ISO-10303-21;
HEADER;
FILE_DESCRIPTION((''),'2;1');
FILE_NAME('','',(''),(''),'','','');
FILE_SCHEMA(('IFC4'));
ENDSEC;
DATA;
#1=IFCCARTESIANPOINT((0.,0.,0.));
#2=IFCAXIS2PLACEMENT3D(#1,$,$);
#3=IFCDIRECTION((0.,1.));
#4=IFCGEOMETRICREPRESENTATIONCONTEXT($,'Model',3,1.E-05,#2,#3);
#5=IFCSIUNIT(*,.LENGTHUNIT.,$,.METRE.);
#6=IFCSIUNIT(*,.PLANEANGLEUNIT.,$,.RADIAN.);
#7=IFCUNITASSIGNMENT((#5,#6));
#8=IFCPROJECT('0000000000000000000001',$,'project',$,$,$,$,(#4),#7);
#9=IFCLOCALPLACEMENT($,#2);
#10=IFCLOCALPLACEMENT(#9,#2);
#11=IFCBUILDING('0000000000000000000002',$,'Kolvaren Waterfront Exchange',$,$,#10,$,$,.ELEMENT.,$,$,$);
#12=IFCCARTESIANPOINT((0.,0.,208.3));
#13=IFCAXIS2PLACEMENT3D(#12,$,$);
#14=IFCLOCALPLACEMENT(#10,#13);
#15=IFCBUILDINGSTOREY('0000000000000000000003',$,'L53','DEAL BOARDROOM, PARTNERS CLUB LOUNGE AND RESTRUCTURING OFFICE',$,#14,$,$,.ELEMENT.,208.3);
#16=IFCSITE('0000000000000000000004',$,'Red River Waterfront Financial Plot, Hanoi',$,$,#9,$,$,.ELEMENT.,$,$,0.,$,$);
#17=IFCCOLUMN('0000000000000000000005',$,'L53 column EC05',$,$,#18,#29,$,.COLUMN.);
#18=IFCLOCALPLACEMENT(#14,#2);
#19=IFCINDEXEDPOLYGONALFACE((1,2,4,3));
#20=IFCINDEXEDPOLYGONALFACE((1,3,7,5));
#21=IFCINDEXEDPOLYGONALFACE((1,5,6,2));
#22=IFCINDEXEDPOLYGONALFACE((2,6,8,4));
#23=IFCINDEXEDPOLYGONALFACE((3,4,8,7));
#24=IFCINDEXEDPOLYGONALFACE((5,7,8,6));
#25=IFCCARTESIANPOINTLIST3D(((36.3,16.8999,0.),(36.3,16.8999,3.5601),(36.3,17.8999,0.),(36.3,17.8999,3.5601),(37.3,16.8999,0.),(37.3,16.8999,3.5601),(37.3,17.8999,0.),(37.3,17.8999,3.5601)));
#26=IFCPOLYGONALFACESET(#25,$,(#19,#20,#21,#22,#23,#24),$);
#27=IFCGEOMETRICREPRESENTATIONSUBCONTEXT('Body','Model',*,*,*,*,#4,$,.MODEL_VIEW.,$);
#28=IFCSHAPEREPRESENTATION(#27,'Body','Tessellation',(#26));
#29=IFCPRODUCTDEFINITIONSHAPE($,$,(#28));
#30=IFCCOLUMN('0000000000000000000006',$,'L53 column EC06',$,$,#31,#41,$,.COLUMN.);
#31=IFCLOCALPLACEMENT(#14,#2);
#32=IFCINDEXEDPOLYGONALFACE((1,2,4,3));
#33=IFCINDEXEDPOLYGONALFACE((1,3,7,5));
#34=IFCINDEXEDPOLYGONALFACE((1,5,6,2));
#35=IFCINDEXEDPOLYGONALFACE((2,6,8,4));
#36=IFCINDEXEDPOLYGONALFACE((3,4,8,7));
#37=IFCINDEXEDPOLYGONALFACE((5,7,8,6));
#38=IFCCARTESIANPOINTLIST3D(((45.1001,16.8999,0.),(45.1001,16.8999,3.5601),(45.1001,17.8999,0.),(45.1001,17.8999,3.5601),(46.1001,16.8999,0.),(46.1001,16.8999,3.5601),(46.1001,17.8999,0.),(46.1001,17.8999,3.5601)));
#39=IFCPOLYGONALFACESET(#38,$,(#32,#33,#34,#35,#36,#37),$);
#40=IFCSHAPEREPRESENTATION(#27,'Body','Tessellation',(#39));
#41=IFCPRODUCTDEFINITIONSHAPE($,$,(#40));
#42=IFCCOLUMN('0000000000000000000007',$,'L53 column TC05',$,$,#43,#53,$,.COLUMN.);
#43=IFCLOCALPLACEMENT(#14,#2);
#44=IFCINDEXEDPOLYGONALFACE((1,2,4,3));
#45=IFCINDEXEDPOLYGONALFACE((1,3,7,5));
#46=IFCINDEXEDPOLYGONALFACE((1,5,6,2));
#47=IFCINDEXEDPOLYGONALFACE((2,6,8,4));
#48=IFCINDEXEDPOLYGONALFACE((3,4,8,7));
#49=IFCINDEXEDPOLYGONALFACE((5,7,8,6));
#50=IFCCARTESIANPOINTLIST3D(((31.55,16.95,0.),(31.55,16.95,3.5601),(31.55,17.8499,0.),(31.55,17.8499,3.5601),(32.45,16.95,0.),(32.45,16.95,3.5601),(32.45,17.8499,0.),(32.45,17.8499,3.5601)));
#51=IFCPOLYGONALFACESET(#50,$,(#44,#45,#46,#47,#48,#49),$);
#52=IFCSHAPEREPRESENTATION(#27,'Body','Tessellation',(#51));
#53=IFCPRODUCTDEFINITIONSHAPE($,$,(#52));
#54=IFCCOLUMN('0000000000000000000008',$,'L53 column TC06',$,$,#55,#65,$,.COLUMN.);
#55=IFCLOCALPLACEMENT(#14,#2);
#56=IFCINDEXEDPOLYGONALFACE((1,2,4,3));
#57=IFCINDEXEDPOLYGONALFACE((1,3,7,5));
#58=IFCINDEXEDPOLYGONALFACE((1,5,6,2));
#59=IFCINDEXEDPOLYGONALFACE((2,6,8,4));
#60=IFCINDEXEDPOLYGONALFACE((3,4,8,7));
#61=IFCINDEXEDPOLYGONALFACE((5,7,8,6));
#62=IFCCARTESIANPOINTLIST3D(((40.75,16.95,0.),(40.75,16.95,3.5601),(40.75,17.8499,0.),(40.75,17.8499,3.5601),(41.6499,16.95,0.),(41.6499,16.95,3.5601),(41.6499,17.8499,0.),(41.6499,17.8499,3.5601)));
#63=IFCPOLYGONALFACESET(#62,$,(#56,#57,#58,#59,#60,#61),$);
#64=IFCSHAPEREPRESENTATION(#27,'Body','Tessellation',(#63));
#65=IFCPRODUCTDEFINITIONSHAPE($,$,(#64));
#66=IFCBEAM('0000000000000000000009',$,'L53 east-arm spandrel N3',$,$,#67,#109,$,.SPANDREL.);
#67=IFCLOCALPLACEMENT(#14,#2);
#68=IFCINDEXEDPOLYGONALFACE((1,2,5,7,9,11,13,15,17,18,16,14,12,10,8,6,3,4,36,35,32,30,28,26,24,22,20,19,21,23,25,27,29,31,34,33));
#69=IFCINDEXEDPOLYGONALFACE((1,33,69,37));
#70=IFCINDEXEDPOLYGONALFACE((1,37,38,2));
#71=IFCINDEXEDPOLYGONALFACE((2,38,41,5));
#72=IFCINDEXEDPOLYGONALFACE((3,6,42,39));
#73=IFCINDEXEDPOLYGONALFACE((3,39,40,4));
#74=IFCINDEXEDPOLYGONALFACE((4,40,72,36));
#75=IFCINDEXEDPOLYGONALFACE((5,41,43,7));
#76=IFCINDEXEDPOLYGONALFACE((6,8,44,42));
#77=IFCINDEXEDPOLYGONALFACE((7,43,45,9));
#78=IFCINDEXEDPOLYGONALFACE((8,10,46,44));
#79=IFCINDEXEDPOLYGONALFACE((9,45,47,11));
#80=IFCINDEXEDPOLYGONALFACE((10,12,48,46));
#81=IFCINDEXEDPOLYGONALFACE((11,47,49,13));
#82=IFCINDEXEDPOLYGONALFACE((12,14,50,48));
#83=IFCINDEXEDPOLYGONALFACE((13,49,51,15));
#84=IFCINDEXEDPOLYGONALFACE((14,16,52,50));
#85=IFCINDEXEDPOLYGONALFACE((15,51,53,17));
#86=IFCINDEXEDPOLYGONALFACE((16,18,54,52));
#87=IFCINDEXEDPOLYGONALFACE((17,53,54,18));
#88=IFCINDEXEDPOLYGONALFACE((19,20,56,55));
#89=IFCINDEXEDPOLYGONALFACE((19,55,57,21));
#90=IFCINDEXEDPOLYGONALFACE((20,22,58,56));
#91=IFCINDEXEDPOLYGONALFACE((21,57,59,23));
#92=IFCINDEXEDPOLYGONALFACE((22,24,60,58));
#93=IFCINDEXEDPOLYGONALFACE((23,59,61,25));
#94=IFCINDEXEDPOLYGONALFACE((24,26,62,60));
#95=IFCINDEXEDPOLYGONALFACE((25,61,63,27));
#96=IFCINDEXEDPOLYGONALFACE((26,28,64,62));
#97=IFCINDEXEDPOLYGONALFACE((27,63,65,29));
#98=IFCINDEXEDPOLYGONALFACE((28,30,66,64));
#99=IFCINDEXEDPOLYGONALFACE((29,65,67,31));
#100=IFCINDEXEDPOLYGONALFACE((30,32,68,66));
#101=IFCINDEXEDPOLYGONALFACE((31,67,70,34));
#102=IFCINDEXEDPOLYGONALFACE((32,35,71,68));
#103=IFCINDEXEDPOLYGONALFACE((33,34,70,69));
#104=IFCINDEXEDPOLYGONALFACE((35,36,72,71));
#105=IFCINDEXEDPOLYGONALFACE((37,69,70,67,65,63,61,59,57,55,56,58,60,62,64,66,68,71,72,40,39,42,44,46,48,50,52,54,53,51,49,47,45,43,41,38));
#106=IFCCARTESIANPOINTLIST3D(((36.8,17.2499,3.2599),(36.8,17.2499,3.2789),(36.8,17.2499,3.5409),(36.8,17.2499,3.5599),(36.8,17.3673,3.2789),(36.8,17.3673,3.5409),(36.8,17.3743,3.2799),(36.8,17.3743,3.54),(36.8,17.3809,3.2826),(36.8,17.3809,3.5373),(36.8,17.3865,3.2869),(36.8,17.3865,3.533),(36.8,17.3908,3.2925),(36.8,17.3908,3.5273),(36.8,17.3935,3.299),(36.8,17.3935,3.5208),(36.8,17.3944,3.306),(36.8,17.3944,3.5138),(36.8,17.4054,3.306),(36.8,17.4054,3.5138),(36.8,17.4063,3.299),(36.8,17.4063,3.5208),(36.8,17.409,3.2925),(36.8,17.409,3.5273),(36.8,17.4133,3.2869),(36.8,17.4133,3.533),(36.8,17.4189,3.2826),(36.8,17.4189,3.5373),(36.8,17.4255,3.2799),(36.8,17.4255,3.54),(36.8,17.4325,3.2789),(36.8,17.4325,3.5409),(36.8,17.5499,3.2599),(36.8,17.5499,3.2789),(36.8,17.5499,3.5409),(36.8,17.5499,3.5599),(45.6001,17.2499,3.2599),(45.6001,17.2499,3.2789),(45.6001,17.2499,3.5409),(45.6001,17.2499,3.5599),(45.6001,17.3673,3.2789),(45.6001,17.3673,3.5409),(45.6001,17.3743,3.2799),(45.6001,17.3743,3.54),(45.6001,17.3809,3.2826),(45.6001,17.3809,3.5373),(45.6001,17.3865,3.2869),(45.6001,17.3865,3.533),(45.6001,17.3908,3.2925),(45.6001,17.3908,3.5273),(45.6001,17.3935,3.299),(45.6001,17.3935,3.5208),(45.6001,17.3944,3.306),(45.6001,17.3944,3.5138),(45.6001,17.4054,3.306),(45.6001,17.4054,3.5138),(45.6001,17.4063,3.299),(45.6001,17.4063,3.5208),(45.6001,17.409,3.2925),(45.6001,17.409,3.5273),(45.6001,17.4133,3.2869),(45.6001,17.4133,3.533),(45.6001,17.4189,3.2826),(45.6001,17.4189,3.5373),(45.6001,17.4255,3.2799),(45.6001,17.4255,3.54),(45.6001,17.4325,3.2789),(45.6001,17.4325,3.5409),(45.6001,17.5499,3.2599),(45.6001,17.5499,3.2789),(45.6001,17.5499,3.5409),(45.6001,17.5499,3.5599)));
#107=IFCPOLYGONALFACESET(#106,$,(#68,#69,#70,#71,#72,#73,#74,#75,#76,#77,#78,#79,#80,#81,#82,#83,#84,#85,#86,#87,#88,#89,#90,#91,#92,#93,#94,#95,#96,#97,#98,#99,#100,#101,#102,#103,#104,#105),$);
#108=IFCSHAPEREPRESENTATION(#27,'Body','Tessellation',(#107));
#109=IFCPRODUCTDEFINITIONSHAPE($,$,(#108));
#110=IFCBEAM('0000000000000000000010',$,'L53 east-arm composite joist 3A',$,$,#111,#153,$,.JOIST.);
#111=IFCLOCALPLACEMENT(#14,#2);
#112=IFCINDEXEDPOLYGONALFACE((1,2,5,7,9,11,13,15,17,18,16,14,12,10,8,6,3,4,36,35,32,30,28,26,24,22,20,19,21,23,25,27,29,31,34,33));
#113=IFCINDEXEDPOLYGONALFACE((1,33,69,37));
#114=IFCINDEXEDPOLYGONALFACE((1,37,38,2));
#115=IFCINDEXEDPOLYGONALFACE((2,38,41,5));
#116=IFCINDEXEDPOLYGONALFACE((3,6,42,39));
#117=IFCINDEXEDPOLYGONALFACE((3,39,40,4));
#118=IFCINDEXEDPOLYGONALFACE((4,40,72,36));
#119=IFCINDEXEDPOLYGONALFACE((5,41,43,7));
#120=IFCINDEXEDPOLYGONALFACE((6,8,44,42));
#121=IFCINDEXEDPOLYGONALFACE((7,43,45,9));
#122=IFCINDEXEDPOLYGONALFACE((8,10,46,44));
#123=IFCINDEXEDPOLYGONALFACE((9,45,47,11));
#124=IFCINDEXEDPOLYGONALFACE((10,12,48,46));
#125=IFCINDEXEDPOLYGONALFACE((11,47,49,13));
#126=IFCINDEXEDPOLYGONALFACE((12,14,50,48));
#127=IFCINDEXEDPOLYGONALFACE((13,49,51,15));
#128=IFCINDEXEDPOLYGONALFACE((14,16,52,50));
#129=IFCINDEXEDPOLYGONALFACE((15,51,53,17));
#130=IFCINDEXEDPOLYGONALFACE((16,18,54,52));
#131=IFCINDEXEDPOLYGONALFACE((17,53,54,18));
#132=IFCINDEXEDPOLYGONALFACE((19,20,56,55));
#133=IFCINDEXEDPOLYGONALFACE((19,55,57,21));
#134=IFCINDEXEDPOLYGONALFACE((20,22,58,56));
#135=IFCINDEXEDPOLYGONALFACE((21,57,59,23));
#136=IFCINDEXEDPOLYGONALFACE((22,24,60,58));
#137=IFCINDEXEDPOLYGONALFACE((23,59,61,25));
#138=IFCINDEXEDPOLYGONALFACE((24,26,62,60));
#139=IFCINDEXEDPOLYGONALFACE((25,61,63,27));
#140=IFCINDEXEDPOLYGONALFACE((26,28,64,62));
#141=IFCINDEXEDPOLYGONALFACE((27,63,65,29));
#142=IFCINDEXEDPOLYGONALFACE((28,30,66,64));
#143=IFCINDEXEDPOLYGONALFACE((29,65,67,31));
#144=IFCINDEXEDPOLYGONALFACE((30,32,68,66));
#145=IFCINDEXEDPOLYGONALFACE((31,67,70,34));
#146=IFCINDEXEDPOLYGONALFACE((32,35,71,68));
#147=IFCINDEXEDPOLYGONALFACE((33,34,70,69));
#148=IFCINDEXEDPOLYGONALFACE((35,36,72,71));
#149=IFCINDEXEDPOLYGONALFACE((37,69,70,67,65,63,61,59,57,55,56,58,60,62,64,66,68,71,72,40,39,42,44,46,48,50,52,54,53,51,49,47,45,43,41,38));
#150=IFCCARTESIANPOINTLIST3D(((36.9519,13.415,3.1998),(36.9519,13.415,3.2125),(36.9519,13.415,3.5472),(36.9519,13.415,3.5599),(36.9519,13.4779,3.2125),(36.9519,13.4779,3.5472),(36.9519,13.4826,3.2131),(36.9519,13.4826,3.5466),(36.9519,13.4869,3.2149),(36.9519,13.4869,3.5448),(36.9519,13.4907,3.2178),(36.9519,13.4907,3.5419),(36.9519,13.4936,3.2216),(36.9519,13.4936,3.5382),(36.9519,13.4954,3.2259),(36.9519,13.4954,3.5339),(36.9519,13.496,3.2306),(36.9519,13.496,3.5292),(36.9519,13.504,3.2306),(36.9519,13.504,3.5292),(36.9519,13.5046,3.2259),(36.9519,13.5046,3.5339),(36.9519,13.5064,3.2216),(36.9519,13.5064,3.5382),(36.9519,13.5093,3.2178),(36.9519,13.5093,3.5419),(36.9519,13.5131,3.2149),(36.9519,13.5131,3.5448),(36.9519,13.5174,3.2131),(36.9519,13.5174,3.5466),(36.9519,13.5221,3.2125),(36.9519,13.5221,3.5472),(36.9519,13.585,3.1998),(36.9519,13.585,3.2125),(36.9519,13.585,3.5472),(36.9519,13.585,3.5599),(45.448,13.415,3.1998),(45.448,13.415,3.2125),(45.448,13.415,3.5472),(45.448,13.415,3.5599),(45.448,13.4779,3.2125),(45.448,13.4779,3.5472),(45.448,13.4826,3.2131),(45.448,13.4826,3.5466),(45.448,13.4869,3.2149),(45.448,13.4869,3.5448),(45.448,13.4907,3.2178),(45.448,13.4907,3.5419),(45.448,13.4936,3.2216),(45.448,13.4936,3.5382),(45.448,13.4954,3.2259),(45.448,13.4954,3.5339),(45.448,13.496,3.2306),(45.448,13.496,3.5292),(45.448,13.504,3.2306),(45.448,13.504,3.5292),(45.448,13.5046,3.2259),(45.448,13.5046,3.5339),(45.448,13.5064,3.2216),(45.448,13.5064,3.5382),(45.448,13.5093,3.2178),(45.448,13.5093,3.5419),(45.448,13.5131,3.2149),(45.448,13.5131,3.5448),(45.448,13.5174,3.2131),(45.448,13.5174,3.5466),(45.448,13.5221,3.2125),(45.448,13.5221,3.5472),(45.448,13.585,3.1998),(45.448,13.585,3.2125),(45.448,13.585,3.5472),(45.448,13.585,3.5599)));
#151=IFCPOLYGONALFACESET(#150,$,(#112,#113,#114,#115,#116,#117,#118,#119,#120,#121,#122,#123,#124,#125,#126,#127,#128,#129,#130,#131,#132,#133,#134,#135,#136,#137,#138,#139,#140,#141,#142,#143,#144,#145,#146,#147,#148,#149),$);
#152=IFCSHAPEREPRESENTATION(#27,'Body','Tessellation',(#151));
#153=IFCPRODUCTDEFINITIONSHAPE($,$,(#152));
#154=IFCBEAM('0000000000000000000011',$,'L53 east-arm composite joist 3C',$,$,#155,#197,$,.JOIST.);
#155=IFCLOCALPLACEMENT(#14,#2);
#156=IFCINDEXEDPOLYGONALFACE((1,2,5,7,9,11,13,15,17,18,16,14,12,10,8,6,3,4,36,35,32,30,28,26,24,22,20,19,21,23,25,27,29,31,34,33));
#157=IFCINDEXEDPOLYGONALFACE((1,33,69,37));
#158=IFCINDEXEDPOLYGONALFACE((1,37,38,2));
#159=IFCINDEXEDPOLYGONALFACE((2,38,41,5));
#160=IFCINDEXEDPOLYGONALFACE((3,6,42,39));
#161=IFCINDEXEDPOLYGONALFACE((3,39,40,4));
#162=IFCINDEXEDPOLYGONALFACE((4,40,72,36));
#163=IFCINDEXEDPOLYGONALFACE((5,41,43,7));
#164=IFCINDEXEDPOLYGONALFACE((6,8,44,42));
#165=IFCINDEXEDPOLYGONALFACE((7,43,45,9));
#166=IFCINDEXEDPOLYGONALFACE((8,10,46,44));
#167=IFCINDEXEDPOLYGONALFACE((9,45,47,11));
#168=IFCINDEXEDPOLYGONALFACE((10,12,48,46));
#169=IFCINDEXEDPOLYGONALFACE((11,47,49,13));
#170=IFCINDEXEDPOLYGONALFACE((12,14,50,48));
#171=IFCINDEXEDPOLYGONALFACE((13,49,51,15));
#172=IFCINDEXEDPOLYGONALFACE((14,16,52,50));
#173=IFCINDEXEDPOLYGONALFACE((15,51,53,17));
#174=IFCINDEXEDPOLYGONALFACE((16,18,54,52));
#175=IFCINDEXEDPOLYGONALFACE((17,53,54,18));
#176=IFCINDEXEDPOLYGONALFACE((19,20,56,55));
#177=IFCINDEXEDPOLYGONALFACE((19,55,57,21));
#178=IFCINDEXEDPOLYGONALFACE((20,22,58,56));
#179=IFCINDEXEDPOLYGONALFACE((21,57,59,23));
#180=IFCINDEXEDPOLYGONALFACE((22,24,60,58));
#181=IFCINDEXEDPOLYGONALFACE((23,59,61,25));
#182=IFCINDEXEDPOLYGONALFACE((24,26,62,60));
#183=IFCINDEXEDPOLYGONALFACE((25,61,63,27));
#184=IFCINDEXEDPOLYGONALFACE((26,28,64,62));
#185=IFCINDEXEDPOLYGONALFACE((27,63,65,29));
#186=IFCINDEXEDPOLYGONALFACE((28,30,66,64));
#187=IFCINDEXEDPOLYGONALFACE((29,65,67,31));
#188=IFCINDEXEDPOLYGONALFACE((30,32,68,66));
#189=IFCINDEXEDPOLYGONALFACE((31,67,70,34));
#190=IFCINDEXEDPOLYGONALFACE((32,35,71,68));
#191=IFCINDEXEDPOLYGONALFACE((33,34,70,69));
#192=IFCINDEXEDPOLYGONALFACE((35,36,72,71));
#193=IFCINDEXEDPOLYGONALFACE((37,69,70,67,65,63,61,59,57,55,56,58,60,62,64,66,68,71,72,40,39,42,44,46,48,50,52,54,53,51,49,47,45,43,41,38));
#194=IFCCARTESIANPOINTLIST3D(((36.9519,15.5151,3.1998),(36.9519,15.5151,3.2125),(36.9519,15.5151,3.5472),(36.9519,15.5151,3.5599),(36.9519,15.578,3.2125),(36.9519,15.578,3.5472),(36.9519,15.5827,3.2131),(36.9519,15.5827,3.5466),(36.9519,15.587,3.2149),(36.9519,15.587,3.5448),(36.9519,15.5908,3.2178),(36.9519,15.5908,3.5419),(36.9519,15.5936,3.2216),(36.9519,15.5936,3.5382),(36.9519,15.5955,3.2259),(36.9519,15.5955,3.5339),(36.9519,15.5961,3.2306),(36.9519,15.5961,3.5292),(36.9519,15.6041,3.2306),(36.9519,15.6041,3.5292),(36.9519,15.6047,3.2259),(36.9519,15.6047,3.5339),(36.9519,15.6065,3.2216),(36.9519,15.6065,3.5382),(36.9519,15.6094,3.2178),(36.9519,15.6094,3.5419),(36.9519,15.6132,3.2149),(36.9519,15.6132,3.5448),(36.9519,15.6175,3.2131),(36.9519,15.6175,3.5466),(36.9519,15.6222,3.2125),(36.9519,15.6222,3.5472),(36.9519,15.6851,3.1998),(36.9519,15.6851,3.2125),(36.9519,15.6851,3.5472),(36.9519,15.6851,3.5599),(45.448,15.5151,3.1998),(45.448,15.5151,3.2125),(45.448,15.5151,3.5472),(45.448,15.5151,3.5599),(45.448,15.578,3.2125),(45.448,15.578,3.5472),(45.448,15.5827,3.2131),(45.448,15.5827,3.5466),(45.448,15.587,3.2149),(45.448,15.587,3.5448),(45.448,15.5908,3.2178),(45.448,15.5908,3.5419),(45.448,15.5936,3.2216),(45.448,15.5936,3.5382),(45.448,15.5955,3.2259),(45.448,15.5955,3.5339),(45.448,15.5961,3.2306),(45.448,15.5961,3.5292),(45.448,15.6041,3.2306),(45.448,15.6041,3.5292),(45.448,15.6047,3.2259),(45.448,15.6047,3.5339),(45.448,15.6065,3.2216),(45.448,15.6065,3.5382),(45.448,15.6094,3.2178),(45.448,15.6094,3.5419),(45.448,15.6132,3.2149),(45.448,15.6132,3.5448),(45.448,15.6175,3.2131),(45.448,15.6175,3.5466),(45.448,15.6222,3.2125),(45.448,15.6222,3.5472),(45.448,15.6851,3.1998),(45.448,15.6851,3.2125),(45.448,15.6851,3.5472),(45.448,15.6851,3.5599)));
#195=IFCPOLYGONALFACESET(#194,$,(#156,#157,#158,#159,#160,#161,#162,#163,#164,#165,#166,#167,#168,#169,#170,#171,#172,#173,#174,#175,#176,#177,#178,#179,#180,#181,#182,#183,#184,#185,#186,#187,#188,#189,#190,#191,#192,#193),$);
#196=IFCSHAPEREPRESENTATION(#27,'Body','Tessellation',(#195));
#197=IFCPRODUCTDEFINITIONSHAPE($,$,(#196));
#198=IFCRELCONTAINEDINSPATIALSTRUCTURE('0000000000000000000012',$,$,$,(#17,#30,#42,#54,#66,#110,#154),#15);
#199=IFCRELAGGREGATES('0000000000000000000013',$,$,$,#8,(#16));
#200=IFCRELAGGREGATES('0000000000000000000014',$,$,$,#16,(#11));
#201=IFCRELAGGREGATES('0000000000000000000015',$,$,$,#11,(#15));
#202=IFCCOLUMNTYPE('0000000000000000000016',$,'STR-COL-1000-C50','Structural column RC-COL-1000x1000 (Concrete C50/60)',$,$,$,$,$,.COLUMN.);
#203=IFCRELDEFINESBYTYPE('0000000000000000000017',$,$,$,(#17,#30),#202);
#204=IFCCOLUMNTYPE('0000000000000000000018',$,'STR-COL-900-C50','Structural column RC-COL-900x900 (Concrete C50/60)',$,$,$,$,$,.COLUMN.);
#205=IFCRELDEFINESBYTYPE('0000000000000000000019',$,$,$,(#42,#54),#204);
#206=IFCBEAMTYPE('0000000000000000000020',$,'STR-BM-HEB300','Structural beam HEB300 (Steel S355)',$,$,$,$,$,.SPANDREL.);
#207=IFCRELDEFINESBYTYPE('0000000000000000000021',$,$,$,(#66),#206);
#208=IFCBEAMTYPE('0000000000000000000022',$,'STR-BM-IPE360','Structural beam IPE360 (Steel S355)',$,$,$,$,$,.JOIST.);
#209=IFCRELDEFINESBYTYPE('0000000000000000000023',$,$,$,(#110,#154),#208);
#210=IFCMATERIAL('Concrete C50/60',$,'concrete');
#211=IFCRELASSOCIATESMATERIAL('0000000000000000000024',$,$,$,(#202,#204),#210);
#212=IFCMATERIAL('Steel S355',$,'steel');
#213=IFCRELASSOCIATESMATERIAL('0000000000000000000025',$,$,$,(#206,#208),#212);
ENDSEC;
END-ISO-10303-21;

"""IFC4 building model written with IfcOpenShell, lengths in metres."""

from ifc_helpers import new_model, si_unit, direction, frame, origin, origin_2d, place, context, subcontext, project, spatial, rectangle, i_section, extrude, material, material_profile, profile_set, type_object, element, save


model = new_model("IFC4")

# Units and contexts
model_context = context("Model", 3, precision=1e-05, world=origin(), true_north=direction((0.0, 1.0)))
body_context = subcontext(model_context, "Body", "Model", "MODEL_VIEW")
ifc_project = project(units=[si_unit("LENGTHUNIT", "METRE"), si_unit("PLANEANGLEUNIT", "RADIAN")], contexts=[model_context])

# Site, building, storey
site_placement = place(None, origin())
site = spatial("IfcSite", under=ifc_project, at=site_placement, Name="Red River Waterfront Financial Plot, Hanoi", CompositionType="ELEMENT", RefElevation=0.0)
building_placement = place(site_placement, origin())
building = spatial("IfcBuilding", under=site, at=building_placement, Name="Kolvaren Waterfront Exchange", CompositionType="ELEMENT")
storey_placement = place(building_placement, frame((0.0, 0.0, 208.3)))
storey = spatial("IfcBuildingStorey", under=building, at=storey_placement, Name="L53", Description="DEAL BOARDROOM, PARTNERS CLUB LOUNGE AND RESTRUCTURING OFFICE", CompositionType="ELEMENT", Elevation=208.3)

# Columns
ifc_material_1 = material(Name="Concrete C50/60", Category="concrete")
ifc_material_profile_1 = material_profile(ifc_material_1, rectangle(XDim=1.0, YDim=1.0, at=origin_2d()), Name="RC-COL-1000x1000")
ifc_profile_set_1 = profile_set([ifc_material_profile_1], Name="Concrete C50/60")
column_type_1 = type_object("IfcColumnType", Name="STR-COL-1000-C50", Description="Structural column RC-COL-1000x1000 (Concrete C50/60)", PredefinedType="COLUMN", material=ifc_profile_set_1)
for number, where, z_axis, x_axis, name in (
    (1, (36.8, 17.3999, 0.0), (0.0, 0.0, 1.0), (1.0, 0.0, 0.0), "L53 column EC05"),
    (2, (45.6001, 17.3999, 0.0), (0.0, 0.0, 1.0), (1.0, 0.0, 0.0), "L53 column EC06"),
):
    element("IfcColumn", number, at=place(storey_placement, frame(where, z_axis=z_axis, x_axis=x_axis)), inside=storey, type_object=column_type_1, Name=name, PredefinedType="COLUMN", context=body_context, shape_type="SweptSolid", body=[
        extrude(rectangle(XDim=1.0, YDim=1.0, at=origin_2d()), origin(), (0.0, 0.0, 1.0), 3.5601),
    ])
ifc_material_profile_2 = material_profile(ifc_material_1, rectangle(XDim=0.8999, YDim=0.8999, at=origin_2d()), Name="RC-COL-900x900")
ifc_profile_set_2 = profile_set([ifc_material_profile_2], Name="Concrete C50/60")
column_type_2 = type_object("IfcColumnType", Name="STR-COL-900-C50", Description="Structural column RC-COL-900x900 (Concrete C50/60)", PredefinedType="COLUMN", material=ifc_profile_set_2)
for number, where, z_axis, x_axis, name in (
    (3, (32.0, 17.3999, 0.0), (0.0, 0.0, 1.0), (1.0, 0.0, 0.0), "L53 column TC05"),
    (4, (41.2, 17.3999, 0.0), (0.0, 0.0, 1.0), (1.0, 0.0, 0.0), "L53 column TC06"),
):
    element("IfcColumn", number, at=place(storey_placement, frame(where, z_axis=z_axis, x_axis=x_axis)), inside=storey, type_object=column_type_2, Name=name, PredefinedType="COLUMN", context=body_context, shape_type="SweptSolid", body=[
        extrude(rectangle(XDim=0.8999, YDim=0.8999, at=origin_2d()), origin(), (0.0, 0.0, 1.0), 3.5601),
    ])

# Beams
ifc_material_2 = material(Name="Steel S355", Category="steel")
ifc_material_profile_3 = material_profile(ifc_material_2, i_section(OverallWidth=0.3, OverallDepth=0.3, WebThickness=0.011, FlangeThickness=0.019, FilletRadius=0.0271, at=origin_2d()), Name="HEB300")
ifc_profile_set_3 = profile_set([ifc_material_profile_3], Name="Steel S355")
beam_type_1 = type_object("IfcBeamType", Name="STR-BM-HEB300", Description="Structural beam HEB300 (Steel S355)", PredefinedType="SPANDREL", material=ifc_profile_set_3)
beam_placement = place(storey_placement, frame((36.8, 17.3999, 3.4099), z_axis=(1.0, 0.0, 0.0), x_axis=(0.0, 1.0, 0.0)))
element("IfcBeam", 5, at=beam_placement, inside=storey, type_object=beam_type_1, Name="L53 east-arm spandrel N3", PredefinedType="SPANDREL", context=body_context, shape_type="SweptSolid", body=[
    extrude(i_section(OverallWidth=0.3, OverallDepth=0.3, WebThickness=0.011, FlangeThickness=0.019, FilletRadius=0.0271, at=origin_2d()), origin(), (0.0, 0.0, 1.0), 8.8),
])
ifc_material_profile_4 = material_profile(ifc_material_2, i_section(OverallWidth=0.1699, OverallDepth=0.3601, WebThickness=0.0081, FlangeThickness=0.0127, FilletRadius=0.0181, at=origin_2d()), Name="IPE360")
ifc_profile_set_4 = profile_set([ifc_material_profile_4], Name="Steel S355")
beam_type_2 = type_object("IfcBeamType", Name="STR-BM-IPE360", Description="Structural beam IPE360 (Steel S355)", PredefinedType="JOIST", material=ifc_profile_set_4)
for number, where, z_axis, x_axis, name in (
    (6, (36.9519, 13.5, 3.3799), (1.0, 0.0, 0.0), (0.0, 1.0, 0.0), "L53 east-arm composite joist 3A"),
    (7, (36.9519, 15.6001, 3.3799), (1.0, 0.0, 0.0), (0.0, 1.0, 0.0), "L53 east-arm composite joist 3C"),
):
    element("IfcBeam", number, at=place(storey_placement, frame(where, z_axis=z_axis, x_axis=x_axis)), inside=storey, type_object=beam_type_2, Name=name, PredefinedType="JOIST", context=body_context, shape_type="SweptSolid", body=[
        extrude(i_section(OverallWidth=0.1699, OverallDepth=0.3601, WebThickness=0.0081, FlangeThickness=0.0127, FilletRadius=0.0181, at=origin_2d()), origin(), (0.0, 0.0, 1.0), 8.4961),
    ])

save(model, "model.ifc")
